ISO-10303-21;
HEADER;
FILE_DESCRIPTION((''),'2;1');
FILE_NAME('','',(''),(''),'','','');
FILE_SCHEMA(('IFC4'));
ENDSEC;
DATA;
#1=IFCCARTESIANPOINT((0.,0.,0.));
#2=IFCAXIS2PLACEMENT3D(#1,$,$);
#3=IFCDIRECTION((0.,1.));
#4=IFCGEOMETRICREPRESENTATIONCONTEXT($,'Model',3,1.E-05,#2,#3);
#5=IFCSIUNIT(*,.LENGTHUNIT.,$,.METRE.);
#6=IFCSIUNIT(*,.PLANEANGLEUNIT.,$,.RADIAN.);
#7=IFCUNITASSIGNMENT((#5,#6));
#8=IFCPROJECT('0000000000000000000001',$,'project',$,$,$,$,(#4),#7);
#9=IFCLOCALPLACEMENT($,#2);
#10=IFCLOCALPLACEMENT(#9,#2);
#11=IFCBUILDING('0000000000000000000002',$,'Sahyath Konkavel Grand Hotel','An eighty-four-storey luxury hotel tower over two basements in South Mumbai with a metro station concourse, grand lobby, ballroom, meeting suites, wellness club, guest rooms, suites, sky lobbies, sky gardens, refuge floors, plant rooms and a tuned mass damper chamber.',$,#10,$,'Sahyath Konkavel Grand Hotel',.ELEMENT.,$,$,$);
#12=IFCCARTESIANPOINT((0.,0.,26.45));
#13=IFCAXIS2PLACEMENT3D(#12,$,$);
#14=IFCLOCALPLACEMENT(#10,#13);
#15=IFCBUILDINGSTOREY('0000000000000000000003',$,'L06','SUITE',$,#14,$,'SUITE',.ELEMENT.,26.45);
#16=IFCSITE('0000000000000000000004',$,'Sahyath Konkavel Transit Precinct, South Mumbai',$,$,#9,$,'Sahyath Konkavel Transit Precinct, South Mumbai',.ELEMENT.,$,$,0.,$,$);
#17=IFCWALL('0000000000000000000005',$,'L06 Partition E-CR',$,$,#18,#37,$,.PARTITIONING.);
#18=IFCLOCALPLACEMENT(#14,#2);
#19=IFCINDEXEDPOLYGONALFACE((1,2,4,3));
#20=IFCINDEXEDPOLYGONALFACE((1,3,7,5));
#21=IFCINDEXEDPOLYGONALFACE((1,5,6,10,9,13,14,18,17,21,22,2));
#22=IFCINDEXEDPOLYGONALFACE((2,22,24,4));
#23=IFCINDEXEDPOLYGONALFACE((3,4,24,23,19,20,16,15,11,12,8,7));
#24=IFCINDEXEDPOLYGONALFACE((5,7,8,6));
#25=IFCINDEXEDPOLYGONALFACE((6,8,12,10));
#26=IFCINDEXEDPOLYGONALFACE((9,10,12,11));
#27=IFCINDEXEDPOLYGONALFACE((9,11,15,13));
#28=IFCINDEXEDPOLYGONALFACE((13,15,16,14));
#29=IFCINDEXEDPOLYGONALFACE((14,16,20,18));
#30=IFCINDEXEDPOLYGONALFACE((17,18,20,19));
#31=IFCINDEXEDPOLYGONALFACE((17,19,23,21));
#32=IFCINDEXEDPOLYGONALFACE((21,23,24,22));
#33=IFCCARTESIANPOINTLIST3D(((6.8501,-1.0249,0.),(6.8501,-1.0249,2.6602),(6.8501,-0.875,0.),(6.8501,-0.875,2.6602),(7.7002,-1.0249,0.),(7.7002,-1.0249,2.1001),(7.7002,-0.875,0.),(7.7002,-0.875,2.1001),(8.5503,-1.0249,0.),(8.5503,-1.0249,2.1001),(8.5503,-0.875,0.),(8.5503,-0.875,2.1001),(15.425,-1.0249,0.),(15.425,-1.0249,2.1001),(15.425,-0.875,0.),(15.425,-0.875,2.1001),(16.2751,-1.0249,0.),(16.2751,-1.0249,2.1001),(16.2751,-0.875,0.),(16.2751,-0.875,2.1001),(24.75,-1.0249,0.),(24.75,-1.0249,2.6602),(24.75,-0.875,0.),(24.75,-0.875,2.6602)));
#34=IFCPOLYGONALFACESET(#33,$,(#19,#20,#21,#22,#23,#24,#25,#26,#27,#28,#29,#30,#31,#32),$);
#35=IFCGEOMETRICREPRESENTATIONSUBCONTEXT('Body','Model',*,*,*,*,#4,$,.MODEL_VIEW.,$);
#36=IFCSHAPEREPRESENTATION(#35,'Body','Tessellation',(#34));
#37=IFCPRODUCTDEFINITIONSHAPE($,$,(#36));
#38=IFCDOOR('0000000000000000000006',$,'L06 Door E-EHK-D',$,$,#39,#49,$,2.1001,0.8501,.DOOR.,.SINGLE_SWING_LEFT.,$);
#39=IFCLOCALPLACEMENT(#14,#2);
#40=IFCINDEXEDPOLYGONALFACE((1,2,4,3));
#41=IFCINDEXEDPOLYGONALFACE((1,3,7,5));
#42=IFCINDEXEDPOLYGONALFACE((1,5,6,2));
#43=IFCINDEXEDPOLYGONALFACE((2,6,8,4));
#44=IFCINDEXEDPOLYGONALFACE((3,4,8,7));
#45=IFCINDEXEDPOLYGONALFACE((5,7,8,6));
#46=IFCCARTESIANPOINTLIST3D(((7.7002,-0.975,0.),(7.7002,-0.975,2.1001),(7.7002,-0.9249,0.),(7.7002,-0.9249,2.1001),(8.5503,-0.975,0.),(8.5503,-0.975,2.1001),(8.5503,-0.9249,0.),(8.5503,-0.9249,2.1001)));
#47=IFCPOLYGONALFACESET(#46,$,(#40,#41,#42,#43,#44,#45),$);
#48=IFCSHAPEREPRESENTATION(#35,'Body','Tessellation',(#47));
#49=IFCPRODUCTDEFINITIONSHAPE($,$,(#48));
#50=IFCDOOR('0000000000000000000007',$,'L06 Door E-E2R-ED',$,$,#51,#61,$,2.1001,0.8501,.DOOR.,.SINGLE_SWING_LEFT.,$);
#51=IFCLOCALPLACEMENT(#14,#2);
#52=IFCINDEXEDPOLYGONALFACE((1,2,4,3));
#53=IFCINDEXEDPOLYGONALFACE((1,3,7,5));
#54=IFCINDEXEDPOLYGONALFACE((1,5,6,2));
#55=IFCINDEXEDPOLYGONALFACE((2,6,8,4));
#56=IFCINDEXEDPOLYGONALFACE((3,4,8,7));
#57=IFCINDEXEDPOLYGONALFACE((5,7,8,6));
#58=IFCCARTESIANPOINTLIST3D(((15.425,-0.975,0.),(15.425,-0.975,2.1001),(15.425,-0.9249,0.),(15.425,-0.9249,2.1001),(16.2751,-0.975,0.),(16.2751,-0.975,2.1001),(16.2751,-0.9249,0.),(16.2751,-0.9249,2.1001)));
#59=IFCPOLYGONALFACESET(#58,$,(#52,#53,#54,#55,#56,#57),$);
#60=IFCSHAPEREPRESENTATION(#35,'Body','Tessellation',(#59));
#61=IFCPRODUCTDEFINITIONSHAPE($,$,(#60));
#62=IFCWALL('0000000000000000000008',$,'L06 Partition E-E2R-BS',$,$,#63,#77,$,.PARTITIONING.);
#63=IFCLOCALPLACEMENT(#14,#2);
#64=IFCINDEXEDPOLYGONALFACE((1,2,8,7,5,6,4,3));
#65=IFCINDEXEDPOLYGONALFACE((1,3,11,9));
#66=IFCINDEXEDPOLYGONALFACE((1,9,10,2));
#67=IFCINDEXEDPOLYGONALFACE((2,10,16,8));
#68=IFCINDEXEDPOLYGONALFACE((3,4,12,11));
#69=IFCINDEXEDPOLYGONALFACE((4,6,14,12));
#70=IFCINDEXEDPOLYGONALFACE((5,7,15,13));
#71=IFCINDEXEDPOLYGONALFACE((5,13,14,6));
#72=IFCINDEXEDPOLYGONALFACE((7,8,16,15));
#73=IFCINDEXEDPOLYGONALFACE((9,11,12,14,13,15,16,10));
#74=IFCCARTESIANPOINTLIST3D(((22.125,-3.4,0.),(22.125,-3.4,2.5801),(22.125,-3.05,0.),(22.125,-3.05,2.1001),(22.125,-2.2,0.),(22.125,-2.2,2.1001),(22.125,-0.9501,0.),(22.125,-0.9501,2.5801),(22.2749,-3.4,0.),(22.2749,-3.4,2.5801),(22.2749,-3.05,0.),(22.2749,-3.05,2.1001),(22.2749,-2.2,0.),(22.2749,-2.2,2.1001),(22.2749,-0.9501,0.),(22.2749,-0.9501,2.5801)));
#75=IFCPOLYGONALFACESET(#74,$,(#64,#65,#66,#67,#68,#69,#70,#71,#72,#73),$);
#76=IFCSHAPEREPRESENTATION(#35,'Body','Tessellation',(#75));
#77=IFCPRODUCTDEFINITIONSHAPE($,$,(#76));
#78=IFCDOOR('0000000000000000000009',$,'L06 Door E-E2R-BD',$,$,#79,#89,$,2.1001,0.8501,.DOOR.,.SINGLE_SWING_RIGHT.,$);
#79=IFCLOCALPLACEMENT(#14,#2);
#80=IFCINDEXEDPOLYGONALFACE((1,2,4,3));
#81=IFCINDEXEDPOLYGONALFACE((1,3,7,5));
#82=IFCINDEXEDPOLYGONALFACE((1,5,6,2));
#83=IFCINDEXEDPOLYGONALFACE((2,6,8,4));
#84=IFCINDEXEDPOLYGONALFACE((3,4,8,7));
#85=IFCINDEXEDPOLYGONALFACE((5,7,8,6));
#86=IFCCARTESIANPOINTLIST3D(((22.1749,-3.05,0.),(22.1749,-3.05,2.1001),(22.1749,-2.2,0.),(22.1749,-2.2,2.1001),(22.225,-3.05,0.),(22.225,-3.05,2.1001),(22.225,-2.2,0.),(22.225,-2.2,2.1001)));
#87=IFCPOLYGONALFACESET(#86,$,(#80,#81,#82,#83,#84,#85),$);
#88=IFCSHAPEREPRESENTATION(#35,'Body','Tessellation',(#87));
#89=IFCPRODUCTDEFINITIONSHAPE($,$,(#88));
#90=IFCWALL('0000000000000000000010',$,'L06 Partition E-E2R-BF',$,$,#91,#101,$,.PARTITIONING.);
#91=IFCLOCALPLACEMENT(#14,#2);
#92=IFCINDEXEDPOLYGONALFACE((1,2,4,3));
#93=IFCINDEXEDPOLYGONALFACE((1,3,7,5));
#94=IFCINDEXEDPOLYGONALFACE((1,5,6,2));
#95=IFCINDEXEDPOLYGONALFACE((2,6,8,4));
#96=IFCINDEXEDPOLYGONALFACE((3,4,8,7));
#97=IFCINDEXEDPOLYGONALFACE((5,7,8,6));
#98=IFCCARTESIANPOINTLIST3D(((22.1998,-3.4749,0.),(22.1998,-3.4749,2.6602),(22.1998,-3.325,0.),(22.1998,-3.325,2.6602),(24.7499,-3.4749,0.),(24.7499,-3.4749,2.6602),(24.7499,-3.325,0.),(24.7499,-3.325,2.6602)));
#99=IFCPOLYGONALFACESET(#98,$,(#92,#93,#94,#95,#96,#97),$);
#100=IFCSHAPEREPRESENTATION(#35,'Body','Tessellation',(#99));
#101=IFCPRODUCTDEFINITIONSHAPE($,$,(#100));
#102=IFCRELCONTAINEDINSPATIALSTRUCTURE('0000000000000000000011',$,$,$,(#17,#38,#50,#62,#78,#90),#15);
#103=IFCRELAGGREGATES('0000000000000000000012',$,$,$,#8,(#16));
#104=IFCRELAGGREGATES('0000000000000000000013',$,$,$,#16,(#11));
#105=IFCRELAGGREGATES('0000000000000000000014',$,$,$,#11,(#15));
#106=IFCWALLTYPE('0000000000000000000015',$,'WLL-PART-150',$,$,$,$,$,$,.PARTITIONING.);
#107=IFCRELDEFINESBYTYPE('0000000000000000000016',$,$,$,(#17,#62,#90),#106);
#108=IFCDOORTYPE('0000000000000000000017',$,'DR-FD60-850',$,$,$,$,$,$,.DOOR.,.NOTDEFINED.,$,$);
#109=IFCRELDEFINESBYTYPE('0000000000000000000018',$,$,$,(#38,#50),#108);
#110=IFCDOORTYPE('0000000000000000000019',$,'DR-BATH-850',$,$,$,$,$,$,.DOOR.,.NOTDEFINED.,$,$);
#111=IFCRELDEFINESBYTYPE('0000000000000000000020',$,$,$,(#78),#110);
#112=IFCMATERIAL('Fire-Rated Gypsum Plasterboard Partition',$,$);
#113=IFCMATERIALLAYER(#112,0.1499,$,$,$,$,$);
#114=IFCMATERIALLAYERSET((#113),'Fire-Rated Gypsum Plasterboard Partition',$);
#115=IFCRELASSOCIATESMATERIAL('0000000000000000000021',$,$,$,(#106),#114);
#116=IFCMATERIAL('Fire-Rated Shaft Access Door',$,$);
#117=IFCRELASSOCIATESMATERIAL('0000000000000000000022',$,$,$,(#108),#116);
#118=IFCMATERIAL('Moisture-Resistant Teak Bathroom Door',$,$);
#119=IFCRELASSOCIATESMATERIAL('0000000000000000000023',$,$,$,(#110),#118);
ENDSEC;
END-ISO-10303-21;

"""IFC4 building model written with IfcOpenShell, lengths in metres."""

from ifc_helpers import new_model, si_unit, direction, frame, frame_2d, origin, origin_2d, place, context, subcontext, project, spatial, rectangle, extrude, source, transform, mapped, material, layer, layer_set, type_object, element, fill, save


model = new_model("IFC4")

# Units and contexts
model_context = context("Model", 3, precision=1e-05, world=origin(), true_north=direction((0.0, 1.0)))
body_context = subcontext(model_context, "Body", "Model", "MODEL_VIEW")
ifc_project = project(units=[si_unit("LENGTHUNIT", "METRE"), si_unit("PLANEANGLEUNIT", "RADIAN")], contexts=[model_context])

# Site, building, storey
site_placement = place(None, origin())
site = spatial("IfcSite", under=ifc_project, at=site_placement, Name="Sahyath Konkavel Transit Precinct, South Mumbai", LongName="Sahyath Konkavel Transit Precinct, South Mumbai", CompositionType="ELEMENT", RefElevation=0.0)
building_placement = place(site_placement, origin())
building = spatial("IfcBuilding", under=site, at=building_placement, Name="Sahyath Konkavel Grand Hotel", Description="An eighty-four-storey luxury hotel tower over two basements in South Mumbai with a metro station concourse, grand lobby, ballroom, meeting suites, wellness club, guest rooms, suites, sky lobbies, sky gardens, refuge floors, plant rooms and a tuned mass damper chamber.", LongName="Sahyath Konkavel Grand Hotel", CompositionType="ELEMENT")
storey_placement = place(building_placement, frame((0.0, 0.0, 26.45)))
storey = spatial("IfcBuildingStorey", under=building, at=storey_placement, Name="L06", Description="SUITE", LongName="SUITE", CompositionType="ELEMENT", Elevation=26.45)

# Wall, openings, doors
ifc_material_1 = material(Name="Fire-Rated Gypsum Plasterboard Partition")
ifc_layer_1 = layer(ifc_material_1, 0.1499)
ifc_layer_set_1 = layer_set([ifc_layer_1], Name="Fire-Rated Gypsum Plasterboard Partition")
wall_type_1 = type_object("IfcWallType", Name="WLL-PART-150", PredefinedType="PARTITIONING", material=ifc_layer_set_1)
wall_1_placement = place(storey_placement, frame((6.8501, -0.95, 0.0), z_axis=(0.0, 0.0, 1.0), x_axis=(1.0, 0.0, 0.0)))
wall_1 = element("IfcWall", 1, at=wall_1_placement, inside=storey, type_object=wall_type_1, Name="L06 Partition E-CR", PredefinedType="PARTITIONING", context=body_context, shape_type="SweptSolid", body=[
    extrude(rectangle(XDim=17.8999, YDim=0.1499, at=frame_2d((8.95, 0.0))), origin(), (0.0, 0.0, 1.0), 2.6602),
])
opening_1_placement = place(wall_1_placement, frame((0.8501, 0.0, 0.0)))
opening_1 = element("IfcOpeningElement", 2, at=opening_1_placement, cuts=wall_1, PredefinedType="OPENING", context=body_context, shape_type="SweptSolid", body=[
    extrude(rectangle(XDim=0.8501, YDim=2.1001, at=frame_2d((0.425, 1.05))), frame((0.0, 0.085, 0.0), z_axis=(0.0, -1.0, 0.0), x_axis=(1.0, 0.0, 0.0)), (0.0, 0.0, 1.0), 0.1699),
])
opening_2_placement = place(wall_1_placement, frame((8.575, 0.0, 0.0)))
opening_2 = element("IfcOpeningElement", 3, at=opening_2_placement, cuts=wall_1, PredefinedType="OPENING", context=body_context, shape_type="SweptSolid", body=[
    extrude(rectangle(XDim=0.8501, YDim=2.1001, at=frame_2d((0.425, 1.05))), frame((0.0, 0.085, 0.0), z_axis=(0.0, -1.0, 0.0), x_axis=(1.0, 0.0, 0.0)), (0.0, 0.0, 1.0), 0.1699),
])
ifc_material_2 = material(Name="Fire-Rated Shaft Access Door")
door_type_1 = type_object("IfcDoorType", Name="DR-FD60-850", OperationType="NOTDEFINED", PredefinedType="DOOR", material=ifc_material_2)
shared_shape_1 = source(origin(), body_context, "Body", "SweptSolid", [
    extrude(rectangle(XDim=0.8501, YDim=0.05, at=origin_2d()), origin(), (0.0, 0.0, 1.0), 2.1001),
])
door_1_placement = place(opening_1_placement, frame((0.425, 0.0, 0.0)))
door_1 = element("IfcDoor", 4, at=door_1_placement, inside=storey, type_object=door_type_1, Name="L06 Door E-EHK-D", OperationType="SINGLE_SWING_LEFT", OverallHeight=2.1001, OverallWidth=0.8501, PredefinedType="DOOR", context=body_context, shape_type="MappedRepresentation", body=[
    mapped(shared_shape_1, transform((0.0, 0.0, 0.0), scale=1.0)),
])
fill(opening_1, door_1)
door_2_placement = place(opening_2_placement, frame((0.425, 0.0, 0.0)))
door_2 = element("IfcDoor", 5, at=door_2_placement, inside=storey, type_object=door_type_1, Name="L06 Door E-E2R-ED", OperationType="SINGLE_SWING_LEFT", OverallHeight=2.1001, OverallWidth=0.8501, PredefinedType="DOOR", context=body_context, shape_type="MappedRepresentation", body=[
    mapped(shared_shape_1, transform((0.0, 0.0, 0.0), scale=1.0)),
])
fill(opening_2, door_2)

# Wall, opening, door
wall_2_placement = place(storey_placement, frame((22.2, -0.95, 0.0), z_axis=(0.0, 0.0, 1.0), x_axis=(0.0, -1.0, 0.0)))
wall_2 = element("IfcWall", 6, at=wall_2_placement, inside=storey, type_object=wall_type_1, Name="L06 Partition E-E2R-BS", PredefinedType="PARTITIONING", context=body_context, shape_type="SweptSolid", body=[
    extrude(rectangle(XDim=2.45, YDim=0.1499, at=frame_2d((1.2251, 0.0))), origin(), (0.0, 0.0, 1.0), 2.5801),
])
opening_3_placement = place(wall_2_placement, frame((1.25, 0.0, 0.0)))
opening_3 = element("IfcOpeningElement", 7, at=opening_3_placement, cuts=wall_2, PredefinedType="OPENING", context=body_context, shape_type="SweptSolid", body=[
    extrude(rectangle(XDim=0.8501, YDim=2.1001, at=frame_2d((0.425, 1.05))), frame((0.0, 0.085, 0.0), z_axis=(0.0, -1.0, 0.0), x_axis=(1.0, 0.0, 0.0)), (0.0, 0.0, 1.0), 0.1699),
])
ifc_material_3 = material(Name="Moisture-Resistant Teak Bathroom Door")
door_type_2 = type_object("IfcDoorType", Name="DR-BATH-850", OperationType="NOTDEFINED", PredefinedType="DOOR", material=ifc_material_3)
door_3_placement = place(opening_3_placement, frame((0.425, 0.0, 0.0)))
door_3 = element("IfcDoor", 8, at=door_3_placement, inside=storey, type_object=door_type_2, Name="L06 Door E-E2R-BD", OperationType="SINGLE_SWING_RIGHT", OverallHeight=2.1001, OverallWidth=0.8501, PredefinedType="DOOR", context=body_context, shape_type="MappedRepresentation", body=[
    mapped(shared_shape_1, transform((0.0, 0.0, 0.0), scale=1.0)),
])
fill(opening_3, door_3)

# Wall
wall_3_placement = place(storey_placement, frame((22.2, -3.3999, 0.0), z_axis=(0.0, 0.0, 1.0), x_axis=(1.0, 0.0, 0.0)))
element("IfcWall", 9, at=wall_3_placement, inside=storey, type_object=wall_type_1, Name="L06 Partition E-E2R-BF", PredefinedType="PARTITIONING", context=body_context, shape_type="SweptSolid", body=[
    extrude(rectangle(XDim=2.55, YDim=0.1499, at=frame_2d((1.2749, 0.0))), origin(), (0.0, 0.0, 1.0), 2.6602),
])

save(model, "model.ifc")
